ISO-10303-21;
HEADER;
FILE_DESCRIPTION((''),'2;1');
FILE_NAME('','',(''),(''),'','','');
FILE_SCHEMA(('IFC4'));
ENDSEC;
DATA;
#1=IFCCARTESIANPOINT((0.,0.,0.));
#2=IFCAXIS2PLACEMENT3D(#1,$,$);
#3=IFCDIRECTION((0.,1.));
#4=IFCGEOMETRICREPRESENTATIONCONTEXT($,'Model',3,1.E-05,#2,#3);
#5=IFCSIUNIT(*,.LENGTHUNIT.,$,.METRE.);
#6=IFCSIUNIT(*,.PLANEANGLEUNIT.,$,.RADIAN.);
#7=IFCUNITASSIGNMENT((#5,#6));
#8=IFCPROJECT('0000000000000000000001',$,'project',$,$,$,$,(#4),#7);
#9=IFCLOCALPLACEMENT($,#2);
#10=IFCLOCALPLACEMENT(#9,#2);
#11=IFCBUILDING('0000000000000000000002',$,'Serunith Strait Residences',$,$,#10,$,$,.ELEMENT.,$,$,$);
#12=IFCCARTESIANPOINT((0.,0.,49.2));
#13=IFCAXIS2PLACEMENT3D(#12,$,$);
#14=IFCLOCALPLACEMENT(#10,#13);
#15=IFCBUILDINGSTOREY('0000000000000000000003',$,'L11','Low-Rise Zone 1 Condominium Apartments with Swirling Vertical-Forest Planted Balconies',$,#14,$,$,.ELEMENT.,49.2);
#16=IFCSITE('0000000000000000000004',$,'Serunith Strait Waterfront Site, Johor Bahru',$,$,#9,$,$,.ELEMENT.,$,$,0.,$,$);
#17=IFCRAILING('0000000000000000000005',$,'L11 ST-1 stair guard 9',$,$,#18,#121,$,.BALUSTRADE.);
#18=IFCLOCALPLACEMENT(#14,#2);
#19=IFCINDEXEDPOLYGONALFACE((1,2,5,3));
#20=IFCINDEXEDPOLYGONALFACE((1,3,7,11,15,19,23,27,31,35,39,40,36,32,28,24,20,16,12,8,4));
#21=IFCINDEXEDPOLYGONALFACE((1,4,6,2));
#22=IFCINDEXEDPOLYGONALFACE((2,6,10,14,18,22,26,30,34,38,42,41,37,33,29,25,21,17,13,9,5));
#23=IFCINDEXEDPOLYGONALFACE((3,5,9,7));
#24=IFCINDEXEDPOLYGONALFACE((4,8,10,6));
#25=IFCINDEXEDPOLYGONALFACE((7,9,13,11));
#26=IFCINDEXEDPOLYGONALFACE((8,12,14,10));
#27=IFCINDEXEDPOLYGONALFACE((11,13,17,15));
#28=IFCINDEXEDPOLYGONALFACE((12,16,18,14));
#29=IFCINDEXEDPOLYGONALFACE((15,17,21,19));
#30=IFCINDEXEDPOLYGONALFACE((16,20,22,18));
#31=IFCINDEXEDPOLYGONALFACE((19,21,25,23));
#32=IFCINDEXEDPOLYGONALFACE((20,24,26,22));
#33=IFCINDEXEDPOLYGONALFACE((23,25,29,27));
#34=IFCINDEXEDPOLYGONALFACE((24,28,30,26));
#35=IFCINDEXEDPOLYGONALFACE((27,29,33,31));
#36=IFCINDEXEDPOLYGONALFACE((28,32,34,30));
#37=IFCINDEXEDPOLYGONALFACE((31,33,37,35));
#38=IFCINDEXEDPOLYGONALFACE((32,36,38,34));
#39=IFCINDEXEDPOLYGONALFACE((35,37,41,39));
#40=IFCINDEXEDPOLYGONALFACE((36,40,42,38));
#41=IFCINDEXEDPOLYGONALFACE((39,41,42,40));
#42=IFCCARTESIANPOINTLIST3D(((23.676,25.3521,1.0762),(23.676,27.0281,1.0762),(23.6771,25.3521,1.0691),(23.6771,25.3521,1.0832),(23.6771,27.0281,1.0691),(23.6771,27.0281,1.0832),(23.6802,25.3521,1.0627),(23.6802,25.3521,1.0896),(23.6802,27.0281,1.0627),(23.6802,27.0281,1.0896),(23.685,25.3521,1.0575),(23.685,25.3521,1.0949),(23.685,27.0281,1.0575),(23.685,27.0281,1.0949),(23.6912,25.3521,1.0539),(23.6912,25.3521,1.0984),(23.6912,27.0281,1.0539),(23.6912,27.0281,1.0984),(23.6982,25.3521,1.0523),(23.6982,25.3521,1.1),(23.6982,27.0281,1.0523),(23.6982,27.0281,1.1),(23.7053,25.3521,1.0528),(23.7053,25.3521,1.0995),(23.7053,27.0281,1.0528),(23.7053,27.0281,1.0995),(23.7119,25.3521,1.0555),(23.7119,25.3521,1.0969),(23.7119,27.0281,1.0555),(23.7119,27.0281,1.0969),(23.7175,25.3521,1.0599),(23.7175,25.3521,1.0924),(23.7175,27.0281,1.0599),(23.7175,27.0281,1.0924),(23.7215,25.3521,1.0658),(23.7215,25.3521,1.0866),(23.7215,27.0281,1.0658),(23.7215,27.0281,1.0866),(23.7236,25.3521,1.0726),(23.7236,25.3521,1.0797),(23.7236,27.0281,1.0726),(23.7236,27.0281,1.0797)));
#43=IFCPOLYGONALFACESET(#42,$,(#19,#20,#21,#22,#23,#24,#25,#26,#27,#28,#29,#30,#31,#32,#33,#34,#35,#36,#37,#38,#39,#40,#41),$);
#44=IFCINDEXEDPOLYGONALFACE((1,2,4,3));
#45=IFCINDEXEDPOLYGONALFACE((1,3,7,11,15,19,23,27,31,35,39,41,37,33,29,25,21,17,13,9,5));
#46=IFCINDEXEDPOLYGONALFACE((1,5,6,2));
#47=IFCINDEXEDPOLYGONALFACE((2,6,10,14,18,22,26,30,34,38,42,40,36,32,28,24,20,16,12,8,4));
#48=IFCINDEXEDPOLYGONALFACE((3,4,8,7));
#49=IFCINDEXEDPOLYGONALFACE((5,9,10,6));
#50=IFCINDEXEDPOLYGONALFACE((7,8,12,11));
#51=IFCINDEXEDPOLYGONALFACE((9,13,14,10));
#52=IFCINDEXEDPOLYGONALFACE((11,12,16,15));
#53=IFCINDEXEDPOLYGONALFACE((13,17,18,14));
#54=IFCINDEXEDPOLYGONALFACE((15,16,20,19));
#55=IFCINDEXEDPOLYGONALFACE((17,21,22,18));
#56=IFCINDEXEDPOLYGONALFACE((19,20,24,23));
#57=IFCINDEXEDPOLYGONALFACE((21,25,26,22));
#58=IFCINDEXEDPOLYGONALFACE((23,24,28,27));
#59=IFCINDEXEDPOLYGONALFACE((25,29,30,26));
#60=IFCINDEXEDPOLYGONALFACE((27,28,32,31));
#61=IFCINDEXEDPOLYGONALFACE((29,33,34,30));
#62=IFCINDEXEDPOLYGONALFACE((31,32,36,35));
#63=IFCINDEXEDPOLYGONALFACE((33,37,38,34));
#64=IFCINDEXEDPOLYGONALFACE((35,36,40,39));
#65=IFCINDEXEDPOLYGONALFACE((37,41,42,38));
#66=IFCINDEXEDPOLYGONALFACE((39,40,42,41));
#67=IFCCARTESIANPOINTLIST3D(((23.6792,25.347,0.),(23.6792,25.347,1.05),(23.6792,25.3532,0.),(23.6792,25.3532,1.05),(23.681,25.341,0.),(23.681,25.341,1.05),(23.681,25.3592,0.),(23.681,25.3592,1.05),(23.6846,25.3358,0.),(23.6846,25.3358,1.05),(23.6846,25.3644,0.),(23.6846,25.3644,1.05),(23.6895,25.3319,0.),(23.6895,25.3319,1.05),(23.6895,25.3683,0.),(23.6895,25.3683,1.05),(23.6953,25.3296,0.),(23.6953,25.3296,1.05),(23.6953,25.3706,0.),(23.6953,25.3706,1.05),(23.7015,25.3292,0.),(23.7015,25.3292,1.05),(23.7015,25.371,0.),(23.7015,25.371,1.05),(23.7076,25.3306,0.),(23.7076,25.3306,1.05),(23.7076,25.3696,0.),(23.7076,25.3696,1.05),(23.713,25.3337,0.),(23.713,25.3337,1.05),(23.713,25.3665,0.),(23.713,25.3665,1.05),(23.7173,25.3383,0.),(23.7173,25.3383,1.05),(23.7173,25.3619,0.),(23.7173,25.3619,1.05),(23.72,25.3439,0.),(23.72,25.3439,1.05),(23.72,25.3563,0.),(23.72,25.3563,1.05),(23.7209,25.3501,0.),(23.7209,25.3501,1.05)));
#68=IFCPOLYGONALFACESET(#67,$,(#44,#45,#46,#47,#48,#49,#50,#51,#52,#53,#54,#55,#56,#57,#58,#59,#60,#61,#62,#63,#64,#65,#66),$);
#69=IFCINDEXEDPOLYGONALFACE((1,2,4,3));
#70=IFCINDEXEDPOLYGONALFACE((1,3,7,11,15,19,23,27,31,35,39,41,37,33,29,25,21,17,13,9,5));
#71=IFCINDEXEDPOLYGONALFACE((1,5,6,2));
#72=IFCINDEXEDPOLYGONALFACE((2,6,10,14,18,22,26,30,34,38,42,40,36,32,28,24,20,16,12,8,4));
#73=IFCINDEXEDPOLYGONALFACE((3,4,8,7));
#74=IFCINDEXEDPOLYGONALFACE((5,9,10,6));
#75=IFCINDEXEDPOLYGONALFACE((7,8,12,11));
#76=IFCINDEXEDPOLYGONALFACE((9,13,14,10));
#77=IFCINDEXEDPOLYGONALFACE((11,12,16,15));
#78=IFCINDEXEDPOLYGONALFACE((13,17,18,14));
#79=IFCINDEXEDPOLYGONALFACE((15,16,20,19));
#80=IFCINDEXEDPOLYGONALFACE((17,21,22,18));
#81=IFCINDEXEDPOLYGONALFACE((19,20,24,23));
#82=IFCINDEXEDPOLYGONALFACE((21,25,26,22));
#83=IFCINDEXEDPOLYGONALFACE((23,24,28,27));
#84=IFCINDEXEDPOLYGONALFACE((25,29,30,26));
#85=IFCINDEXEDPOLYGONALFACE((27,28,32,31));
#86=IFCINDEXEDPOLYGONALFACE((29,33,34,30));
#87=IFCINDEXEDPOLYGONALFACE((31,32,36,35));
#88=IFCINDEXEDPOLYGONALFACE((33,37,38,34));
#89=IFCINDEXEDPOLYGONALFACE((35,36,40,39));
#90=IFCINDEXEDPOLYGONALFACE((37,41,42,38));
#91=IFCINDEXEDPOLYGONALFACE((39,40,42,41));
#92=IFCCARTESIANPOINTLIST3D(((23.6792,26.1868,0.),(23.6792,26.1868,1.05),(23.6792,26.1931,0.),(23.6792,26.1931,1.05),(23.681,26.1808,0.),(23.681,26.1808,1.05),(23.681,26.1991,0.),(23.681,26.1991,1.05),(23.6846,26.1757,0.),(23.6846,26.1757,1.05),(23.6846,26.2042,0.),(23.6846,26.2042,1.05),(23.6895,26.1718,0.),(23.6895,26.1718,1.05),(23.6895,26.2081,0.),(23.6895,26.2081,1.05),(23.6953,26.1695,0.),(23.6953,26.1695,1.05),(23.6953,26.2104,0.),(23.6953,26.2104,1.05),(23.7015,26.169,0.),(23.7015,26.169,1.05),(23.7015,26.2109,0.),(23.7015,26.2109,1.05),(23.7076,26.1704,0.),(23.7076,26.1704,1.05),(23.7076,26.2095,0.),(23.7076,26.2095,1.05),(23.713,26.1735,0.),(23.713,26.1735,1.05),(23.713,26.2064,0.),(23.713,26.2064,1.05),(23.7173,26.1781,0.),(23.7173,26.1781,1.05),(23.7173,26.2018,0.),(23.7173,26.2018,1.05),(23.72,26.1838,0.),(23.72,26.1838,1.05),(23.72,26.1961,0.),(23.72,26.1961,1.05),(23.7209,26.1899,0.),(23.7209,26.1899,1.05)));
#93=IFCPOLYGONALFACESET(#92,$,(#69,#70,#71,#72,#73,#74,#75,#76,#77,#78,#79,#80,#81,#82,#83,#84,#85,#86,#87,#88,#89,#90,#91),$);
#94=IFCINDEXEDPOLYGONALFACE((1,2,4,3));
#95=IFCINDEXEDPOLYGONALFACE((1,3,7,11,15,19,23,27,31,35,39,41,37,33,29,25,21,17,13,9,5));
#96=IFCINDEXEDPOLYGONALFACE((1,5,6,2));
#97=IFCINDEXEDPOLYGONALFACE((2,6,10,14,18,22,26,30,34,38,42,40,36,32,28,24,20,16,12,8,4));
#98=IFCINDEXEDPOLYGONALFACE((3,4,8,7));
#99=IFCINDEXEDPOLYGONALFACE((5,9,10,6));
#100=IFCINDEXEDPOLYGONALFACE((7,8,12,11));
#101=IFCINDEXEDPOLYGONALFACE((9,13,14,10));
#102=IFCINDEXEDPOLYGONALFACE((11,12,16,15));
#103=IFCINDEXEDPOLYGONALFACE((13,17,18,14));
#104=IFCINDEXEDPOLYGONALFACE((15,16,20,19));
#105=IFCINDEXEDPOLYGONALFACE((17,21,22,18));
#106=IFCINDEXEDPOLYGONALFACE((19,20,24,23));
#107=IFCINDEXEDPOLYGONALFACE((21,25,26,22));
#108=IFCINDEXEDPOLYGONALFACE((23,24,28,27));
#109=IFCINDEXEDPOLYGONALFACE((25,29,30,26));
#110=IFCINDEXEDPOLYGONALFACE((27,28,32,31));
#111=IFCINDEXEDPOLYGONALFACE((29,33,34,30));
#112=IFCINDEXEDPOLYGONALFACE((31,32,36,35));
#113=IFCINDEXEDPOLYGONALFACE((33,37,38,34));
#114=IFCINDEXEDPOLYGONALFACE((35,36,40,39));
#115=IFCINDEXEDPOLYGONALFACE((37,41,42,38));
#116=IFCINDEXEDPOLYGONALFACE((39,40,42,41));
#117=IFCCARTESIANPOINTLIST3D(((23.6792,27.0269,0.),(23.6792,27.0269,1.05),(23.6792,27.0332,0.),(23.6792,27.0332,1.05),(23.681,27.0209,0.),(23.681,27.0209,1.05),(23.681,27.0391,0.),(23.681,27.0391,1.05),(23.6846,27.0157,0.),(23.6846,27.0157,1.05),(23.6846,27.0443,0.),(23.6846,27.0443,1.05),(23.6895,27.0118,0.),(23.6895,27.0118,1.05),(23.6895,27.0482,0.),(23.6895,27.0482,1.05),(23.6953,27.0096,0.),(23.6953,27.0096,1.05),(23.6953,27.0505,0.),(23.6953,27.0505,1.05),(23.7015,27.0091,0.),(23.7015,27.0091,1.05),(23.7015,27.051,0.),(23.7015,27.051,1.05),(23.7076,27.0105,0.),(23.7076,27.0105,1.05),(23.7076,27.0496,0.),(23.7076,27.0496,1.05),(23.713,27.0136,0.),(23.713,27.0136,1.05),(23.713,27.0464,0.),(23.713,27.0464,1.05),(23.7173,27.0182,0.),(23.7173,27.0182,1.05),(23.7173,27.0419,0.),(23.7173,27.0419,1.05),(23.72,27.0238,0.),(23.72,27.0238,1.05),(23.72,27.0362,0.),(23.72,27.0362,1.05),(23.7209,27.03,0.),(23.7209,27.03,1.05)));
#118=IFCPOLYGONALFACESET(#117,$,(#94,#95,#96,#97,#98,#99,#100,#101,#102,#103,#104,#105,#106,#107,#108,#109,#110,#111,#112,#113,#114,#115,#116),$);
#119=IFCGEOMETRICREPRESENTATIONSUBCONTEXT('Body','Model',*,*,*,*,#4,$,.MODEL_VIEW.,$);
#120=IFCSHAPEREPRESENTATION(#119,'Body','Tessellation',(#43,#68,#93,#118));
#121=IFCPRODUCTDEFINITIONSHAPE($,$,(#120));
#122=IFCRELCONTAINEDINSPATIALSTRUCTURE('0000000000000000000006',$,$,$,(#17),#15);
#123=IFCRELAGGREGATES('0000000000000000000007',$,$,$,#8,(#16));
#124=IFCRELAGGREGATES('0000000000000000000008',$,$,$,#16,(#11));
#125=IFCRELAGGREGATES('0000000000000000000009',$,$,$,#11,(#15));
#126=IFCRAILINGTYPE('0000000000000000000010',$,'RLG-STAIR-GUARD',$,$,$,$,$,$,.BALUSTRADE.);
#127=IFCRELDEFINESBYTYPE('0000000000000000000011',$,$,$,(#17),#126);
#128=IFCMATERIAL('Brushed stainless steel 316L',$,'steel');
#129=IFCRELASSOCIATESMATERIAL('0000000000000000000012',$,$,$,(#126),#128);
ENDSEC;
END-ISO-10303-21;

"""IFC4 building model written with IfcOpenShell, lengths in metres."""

from ifc_helpers import new_model, si_unit, direction, frame, origin, origin_2d, place, context, subcontext, project, spatial, circle, extrude, material, type_object, element, save


model = new_model("IFC4")

# Units and contexts
model_context = context("Model", 3, precision=1e-05, world=origin(), true_north=direction((0.0, 1.0)))
body_context = subcontext(model_context, "Body", "Model", "MODEL_VIEW")
ifc_project = project(units=[si_unit("LENGTHUNIT", "METRE"), si_unit("PLANEANGLEUNIT", "RADIAN")], contexts=[model_context])

# Site, building, storey
site_placement = place(None, origin())
site = spatial("IfcSite", under=ifc_project, at=site_placement, Name="Serunith Strait Waterfront Site, Johor Bahru", CompositionType="ELEMENT", RefElevation=0.0)
building_placement = place(site_placement, origin())
building = spatial("IfcBuilding", under=site, at=building_placement, Name="Serunith Strait Residences", CompositionType="ELEMENT")
storey_placement = place(building_placement, frame((0.0, 0.0, 49.2)))
storey = spatial("IfcBuildingStorey", under=building, at=storey_placement, Name="L11", Description="Low-Rise Zone 1 Condominium Apartments with Swirling Vertical-Forest Planted Balconies", CompositionType="ELEMENT", Elevation=49.2)

# Railing
ifc_material_1 = material(Name="Brushed stainless steel 316L", Category="steel")
railing_type_1 = type_object("IfcRailingType", Name="RLG-STAIR-GUARD", PredefinedType="BALUSTRADE", material=ifc_material_1)
for number, where, name in (
    (1, (23.7, 25.3501, 0.0), "L11 ST-1 stair guard 9"),
):
    element("IfcRailing", number, at=place(storey_placement, frame(where)), inside=storey, type_object=railing_type_1, Name=name, PredefinedType="BALUSTRADE", context=body_context, shape_type="SweptSolid", body=[
        extrude(circle(Radius=0.0239, at=origin_2d()), frame((0.0, 0.002, 1.0762), z_axis=(0.0, 1.0, 0.0), x_axis=(-1.0, 0.0, 0.0)), (0.0, 0.0, 1.0), 1.676),
        extrude(circle(Radius=0.021, at=origin_2d()), origin(), (0.0, 0.0, 1.0), 1.05),
        extrude(circle(Radius=0.021, at=origin_2d()), frame((0.0, 0.8398, 0.0)), (0.0, 0.0, 1.0), 1.05),
        extrude(circle(Radius=0.021, at=origin_2d()), frame((0.0, 1.6799, 0.0)), (0.0, 0.0, 1.0), 1.05),
    ])

save(model, "model.ifc")
